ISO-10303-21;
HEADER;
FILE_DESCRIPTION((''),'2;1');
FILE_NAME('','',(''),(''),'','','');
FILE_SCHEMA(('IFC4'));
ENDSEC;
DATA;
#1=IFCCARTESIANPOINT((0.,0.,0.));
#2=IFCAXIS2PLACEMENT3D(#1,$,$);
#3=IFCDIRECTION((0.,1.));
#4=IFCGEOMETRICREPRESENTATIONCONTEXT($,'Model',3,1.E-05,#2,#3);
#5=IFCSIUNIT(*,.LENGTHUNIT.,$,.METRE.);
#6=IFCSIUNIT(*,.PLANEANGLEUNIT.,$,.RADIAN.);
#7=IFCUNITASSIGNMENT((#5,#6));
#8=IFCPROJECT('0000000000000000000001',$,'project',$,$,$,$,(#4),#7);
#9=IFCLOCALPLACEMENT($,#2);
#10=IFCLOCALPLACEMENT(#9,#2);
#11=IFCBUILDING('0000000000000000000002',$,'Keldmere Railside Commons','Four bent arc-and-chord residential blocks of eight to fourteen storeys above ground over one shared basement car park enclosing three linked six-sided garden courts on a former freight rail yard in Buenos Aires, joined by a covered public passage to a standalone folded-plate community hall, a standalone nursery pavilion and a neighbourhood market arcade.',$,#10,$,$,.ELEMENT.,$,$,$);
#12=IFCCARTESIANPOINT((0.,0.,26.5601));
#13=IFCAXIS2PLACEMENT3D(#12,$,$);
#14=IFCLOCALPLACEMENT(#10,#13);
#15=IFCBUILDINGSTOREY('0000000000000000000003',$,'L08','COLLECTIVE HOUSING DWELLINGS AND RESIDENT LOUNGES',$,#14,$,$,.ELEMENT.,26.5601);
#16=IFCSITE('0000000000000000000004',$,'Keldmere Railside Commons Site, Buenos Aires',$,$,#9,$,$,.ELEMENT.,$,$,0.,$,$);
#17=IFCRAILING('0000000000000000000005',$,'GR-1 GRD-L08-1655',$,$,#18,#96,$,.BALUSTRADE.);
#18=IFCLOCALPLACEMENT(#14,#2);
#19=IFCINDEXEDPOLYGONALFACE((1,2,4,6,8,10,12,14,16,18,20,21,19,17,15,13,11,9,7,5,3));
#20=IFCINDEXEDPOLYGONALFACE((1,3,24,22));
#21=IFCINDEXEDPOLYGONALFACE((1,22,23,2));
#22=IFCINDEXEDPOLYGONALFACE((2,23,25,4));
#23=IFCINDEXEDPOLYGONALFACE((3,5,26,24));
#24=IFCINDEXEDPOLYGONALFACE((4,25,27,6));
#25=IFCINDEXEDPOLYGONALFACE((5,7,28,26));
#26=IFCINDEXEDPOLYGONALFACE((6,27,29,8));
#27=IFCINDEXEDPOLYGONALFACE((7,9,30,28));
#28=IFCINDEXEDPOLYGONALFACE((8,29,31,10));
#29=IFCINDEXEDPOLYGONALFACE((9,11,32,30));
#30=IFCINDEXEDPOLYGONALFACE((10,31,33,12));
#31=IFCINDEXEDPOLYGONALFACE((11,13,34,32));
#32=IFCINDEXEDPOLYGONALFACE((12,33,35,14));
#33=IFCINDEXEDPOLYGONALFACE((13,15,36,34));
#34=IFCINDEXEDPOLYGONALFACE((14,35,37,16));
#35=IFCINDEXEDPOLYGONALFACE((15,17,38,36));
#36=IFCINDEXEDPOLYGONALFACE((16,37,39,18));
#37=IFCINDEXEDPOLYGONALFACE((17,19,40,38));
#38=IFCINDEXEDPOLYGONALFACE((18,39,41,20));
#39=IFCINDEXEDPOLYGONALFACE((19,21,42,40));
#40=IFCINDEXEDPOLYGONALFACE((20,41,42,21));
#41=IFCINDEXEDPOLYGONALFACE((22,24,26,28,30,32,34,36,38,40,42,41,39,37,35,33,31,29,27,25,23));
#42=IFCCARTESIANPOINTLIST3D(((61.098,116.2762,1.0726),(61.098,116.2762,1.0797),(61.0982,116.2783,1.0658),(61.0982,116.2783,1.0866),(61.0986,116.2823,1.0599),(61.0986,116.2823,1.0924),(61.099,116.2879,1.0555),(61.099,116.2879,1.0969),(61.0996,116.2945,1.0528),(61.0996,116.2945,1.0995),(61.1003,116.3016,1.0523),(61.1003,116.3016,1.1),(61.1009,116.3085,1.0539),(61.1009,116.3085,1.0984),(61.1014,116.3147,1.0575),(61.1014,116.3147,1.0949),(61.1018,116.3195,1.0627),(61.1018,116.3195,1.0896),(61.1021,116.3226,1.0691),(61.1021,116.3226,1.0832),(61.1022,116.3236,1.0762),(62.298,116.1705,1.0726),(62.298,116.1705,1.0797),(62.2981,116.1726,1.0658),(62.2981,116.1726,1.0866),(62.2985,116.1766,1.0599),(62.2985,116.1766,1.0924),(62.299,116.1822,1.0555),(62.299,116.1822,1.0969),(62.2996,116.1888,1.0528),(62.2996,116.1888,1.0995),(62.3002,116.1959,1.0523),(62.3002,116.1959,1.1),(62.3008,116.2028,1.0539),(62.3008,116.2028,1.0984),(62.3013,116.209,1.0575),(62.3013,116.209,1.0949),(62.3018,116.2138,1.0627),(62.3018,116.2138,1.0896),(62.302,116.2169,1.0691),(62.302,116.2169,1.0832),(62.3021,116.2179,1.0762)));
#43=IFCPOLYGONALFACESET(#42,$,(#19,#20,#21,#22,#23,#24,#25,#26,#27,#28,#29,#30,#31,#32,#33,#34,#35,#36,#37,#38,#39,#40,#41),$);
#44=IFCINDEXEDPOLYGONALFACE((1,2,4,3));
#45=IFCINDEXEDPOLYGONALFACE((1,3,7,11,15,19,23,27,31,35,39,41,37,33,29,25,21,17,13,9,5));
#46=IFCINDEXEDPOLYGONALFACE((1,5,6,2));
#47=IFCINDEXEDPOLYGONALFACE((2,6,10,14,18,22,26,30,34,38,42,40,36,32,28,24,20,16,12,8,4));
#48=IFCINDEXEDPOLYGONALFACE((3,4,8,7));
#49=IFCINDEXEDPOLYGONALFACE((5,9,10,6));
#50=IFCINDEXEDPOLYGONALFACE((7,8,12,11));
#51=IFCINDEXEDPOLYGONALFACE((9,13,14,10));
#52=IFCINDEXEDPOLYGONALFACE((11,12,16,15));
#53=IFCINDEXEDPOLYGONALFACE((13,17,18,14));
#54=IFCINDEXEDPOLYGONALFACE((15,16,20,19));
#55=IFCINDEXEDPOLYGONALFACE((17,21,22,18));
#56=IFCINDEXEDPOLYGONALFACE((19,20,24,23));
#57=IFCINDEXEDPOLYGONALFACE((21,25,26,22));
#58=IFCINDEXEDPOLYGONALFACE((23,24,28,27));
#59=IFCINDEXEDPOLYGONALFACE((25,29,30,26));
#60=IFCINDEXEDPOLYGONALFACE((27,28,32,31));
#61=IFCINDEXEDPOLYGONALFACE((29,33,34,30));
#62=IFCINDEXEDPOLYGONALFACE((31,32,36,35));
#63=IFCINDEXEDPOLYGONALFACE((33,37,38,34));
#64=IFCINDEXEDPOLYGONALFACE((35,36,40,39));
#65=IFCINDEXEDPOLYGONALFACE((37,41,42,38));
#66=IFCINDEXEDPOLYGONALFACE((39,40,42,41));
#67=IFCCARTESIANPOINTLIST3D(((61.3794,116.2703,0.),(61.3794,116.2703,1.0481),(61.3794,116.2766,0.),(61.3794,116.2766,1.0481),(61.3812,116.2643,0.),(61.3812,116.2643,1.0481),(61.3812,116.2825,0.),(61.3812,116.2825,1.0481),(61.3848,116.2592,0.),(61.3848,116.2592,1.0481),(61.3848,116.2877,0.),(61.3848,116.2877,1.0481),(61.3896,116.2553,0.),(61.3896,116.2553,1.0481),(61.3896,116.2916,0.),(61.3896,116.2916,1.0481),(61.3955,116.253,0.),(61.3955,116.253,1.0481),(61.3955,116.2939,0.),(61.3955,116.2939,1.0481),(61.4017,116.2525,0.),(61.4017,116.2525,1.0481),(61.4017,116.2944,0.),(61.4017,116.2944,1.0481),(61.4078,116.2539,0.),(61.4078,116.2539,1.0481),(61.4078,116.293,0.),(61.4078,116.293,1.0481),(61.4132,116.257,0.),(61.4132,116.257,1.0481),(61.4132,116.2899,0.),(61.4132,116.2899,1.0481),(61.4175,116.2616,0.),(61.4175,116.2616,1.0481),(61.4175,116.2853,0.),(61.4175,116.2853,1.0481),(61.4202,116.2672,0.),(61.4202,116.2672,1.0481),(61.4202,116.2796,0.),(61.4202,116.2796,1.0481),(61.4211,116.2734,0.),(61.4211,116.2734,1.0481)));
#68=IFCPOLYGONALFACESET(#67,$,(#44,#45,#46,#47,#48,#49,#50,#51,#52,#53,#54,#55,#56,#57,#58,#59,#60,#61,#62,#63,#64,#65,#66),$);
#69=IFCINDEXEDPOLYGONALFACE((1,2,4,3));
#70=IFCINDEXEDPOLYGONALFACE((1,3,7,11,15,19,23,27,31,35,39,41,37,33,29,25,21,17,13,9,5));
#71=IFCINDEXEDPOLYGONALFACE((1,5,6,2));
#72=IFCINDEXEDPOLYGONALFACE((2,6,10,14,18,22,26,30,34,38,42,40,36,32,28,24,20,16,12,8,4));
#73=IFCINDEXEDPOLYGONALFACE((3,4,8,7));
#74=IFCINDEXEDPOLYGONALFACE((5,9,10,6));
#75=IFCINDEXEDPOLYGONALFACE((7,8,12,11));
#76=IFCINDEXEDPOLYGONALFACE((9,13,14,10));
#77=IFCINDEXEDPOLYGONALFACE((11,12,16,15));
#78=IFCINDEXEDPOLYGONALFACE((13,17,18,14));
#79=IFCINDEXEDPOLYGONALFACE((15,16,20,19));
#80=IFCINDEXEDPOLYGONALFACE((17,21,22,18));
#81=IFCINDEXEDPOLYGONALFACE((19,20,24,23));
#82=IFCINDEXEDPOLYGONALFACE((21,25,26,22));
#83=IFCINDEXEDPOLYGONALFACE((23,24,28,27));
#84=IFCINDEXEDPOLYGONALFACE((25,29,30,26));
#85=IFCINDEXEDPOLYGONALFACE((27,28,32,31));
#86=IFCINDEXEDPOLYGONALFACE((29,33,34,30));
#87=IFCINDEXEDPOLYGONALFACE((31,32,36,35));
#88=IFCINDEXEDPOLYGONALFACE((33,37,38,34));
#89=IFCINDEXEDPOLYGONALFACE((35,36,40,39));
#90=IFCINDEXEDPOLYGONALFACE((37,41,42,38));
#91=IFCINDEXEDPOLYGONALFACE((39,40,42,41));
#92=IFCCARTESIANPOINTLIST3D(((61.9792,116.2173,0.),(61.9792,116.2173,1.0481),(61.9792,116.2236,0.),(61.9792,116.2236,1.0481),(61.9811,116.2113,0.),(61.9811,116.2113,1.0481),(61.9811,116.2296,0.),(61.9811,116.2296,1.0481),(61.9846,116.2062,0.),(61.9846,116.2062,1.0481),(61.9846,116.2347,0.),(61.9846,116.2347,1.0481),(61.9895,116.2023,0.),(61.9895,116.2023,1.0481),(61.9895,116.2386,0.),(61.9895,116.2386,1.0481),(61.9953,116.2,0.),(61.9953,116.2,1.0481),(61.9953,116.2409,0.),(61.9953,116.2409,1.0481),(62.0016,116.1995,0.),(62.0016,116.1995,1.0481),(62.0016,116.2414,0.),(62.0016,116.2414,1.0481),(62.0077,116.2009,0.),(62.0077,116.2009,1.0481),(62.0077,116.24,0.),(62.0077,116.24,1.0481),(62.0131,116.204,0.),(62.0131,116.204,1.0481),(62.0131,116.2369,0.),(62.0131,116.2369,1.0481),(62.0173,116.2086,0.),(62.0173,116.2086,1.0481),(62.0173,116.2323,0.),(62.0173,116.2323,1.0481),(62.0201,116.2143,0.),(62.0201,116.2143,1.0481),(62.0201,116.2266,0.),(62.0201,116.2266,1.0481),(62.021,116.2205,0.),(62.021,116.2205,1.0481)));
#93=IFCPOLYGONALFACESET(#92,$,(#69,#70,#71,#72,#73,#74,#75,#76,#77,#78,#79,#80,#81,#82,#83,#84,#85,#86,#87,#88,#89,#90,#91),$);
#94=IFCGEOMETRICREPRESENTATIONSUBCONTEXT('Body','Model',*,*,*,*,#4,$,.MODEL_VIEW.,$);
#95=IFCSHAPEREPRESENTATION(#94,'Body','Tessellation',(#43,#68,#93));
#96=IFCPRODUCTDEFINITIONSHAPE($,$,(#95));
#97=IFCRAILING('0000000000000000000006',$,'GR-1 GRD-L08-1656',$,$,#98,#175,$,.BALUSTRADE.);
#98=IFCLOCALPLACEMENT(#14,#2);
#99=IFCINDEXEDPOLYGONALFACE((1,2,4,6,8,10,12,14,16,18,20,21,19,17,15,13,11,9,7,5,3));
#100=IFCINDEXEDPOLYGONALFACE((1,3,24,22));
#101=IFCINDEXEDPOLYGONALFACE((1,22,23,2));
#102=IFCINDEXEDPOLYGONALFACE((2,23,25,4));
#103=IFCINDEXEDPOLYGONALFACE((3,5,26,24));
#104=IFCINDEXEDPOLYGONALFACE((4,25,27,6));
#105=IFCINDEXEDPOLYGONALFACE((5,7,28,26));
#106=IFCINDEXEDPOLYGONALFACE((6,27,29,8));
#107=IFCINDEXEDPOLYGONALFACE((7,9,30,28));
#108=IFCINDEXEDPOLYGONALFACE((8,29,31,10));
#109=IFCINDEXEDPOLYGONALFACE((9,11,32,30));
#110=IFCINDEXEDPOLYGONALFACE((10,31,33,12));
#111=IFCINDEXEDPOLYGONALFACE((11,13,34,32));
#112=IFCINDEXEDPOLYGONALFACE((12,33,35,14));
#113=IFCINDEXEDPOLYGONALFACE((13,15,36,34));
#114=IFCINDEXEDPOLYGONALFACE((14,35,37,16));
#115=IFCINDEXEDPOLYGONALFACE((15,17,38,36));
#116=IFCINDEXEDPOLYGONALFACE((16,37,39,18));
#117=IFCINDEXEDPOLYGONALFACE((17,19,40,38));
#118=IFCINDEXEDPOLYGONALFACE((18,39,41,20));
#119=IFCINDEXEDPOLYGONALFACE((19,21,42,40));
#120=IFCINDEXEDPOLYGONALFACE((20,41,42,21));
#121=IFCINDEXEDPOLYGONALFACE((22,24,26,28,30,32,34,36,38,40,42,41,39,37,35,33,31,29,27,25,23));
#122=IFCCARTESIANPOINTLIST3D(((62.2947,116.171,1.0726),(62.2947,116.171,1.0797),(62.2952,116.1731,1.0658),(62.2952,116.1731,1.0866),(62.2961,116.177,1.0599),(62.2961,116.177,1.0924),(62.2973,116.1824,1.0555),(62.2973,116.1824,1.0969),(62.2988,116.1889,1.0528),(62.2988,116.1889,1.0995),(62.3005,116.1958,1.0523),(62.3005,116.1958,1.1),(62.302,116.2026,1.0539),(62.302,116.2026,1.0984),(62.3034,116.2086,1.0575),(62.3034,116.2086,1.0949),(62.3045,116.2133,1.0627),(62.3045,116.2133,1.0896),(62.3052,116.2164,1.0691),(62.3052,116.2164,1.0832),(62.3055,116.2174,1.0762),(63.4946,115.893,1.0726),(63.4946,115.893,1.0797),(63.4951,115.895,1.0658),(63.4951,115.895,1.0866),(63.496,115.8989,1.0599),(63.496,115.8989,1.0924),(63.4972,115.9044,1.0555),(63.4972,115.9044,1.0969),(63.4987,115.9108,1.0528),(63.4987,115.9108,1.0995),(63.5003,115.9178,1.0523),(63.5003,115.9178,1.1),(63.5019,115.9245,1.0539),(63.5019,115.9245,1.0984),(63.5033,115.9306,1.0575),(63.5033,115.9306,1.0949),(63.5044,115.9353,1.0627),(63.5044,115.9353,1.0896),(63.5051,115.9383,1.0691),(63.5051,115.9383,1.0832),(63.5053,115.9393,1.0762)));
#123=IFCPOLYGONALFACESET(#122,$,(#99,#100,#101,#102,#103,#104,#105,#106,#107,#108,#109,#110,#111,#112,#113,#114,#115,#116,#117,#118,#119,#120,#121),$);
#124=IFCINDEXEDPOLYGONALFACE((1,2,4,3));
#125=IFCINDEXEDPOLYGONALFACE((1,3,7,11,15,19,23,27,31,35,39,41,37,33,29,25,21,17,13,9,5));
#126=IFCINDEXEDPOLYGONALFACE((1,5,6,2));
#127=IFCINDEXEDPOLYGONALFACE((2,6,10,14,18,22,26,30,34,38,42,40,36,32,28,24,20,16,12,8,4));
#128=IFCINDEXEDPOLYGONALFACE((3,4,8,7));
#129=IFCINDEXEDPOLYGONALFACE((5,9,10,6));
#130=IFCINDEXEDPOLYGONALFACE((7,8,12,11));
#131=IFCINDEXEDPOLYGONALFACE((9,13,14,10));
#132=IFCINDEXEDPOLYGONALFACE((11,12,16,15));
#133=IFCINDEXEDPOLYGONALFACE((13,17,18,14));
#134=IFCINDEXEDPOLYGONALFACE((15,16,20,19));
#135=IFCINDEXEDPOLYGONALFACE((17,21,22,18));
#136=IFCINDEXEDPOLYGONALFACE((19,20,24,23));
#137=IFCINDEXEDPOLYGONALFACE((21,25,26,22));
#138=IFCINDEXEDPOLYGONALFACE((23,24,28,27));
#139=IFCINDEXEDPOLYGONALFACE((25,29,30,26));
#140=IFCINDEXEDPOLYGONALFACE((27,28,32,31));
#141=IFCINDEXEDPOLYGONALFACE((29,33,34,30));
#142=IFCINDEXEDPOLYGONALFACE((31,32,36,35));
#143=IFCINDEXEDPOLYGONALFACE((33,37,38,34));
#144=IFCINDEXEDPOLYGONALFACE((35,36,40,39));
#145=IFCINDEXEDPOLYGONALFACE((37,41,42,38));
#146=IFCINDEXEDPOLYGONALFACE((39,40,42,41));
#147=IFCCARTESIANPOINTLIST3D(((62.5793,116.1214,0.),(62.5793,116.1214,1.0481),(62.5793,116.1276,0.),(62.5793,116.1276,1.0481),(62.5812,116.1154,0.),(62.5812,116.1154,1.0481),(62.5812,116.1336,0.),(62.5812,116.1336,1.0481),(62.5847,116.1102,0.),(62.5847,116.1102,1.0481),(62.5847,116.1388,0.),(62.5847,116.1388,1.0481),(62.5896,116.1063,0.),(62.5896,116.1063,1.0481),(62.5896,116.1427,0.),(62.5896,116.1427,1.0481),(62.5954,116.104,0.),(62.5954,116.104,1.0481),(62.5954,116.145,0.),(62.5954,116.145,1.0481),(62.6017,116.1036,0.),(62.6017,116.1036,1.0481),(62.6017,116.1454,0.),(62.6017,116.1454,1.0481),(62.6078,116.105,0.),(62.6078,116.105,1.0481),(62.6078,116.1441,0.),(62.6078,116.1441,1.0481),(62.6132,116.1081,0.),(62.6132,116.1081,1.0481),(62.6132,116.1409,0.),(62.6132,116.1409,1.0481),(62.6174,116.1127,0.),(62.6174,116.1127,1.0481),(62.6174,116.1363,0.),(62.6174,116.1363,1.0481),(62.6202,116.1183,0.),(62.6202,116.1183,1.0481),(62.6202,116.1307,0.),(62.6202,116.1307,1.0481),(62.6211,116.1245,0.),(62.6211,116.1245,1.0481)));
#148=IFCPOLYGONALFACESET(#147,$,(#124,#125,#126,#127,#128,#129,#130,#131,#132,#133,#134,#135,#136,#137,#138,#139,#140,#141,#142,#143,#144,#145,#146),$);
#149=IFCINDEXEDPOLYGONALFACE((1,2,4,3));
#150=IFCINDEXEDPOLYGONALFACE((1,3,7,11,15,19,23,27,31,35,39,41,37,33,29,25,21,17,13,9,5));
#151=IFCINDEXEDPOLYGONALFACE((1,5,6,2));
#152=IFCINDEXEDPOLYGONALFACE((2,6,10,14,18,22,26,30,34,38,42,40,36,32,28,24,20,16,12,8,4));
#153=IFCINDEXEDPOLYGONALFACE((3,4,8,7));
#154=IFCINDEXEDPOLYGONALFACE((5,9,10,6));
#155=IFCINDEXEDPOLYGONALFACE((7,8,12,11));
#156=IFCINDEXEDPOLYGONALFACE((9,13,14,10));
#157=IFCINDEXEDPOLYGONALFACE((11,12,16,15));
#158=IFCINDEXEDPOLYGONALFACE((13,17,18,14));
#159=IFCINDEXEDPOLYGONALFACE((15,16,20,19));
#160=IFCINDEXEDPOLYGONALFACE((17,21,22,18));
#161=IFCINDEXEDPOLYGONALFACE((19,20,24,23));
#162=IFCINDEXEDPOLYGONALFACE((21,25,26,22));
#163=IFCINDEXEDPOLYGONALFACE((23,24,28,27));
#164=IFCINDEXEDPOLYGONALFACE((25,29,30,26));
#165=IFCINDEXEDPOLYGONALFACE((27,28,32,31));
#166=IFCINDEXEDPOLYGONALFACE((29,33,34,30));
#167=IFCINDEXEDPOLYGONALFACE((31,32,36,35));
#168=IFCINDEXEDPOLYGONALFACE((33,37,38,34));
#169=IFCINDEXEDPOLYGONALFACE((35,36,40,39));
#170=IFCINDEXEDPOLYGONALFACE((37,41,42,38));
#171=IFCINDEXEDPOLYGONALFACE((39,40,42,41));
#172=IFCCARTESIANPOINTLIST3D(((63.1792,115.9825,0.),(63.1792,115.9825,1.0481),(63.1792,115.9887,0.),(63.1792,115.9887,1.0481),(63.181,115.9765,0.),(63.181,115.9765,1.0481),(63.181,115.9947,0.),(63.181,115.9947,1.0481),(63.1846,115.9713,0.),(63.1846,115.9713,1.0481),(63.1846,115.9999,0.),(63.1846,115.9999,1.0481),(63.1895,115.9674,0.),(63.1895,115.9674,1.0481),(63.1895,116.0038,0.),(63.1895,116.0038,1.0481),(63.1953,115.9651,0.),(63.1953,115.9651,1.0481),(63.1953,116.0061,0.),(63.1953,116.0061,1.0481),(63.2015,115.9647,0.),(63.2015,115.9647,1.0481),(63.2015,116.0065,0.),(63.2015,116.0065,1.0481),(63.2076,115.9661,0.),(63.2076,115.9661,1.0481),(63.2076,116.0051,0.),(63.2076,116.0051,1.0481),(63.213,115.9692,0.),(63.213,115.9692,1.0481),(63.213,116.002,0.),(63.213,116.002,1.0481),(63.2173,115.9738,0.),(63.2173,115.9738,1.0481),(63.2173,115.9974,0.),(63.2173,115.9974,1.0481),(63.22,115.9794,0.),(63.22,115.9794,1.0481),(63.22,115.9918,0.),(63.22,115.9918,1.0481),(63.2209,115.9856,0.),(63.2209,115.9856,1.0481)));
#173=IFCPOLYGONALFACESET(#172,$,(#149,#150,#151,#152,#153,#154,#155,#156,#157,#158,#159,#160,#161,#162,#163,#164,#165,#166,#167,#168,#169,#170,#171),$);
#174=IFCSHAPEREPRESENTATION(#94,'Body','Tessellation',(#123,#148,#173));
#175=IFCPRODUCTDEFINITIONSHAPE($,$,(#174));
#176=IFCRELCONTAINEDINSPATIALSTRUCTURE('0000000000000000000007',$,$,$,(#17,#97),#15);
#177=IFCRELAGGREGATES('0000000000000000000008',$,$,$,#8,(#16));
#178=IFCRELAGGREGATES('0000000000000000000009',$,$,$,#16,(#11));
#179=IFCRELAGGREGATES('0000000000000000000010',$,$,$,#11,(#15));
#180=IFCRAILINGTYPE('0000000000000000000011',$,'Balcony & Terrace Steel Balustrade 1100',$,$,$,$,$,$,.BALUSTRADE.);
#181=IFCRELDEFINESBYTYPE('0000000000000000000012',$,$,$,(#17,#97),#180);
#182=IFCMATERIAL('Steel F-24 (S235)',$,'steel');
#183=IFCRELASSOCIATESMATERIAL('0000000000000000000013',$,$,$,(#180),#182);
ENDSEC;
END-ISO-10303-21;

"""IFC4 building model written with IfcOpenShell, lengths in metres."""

from ifc_helpers import new_model, si_unit, direction, frame, origin, origin_2d, place, context, subcontext, project, spatial, circle, extrude, material, type_object, element, save


model = new_model("IFC4")

# Units and contexts
model_context = context("Model", 3, precision=1e-05, world=origin(), true_north=direction((0.0, 1.0)))
body_context = subcontext(model_context, "Body", "Model", "MODEL_VIEW")
ifc_project = project(units=[si_unit("LENGTHUNIT", "METRE"), si_unit("PLANEANGLEUNIT", "RADIAN")], contexts=[model_context])

# Site, building, storey
site_placement = place(None, origin())
site = spatial("IfcSite", under=ifc_project, at=site_placement, Name="Keldmere Railside Commons Site, Buenos Aires", CompositionType="ELEMENT", RefElevation=0.0)
building_placement = place(site_placement, origin())
building = spatial("IfcBuilding", under=site, at=building_placement, Name="Keldmere Railside Commons", Description="Four bent arc-and-chord residential blocks of eight to fourteen storeys above ground over one shared basement car park enclosing three linked six-sided garden courts on a former freight rail yard in Buenos Aires, joined by a covered public passage to a standalone folded-plate community hall, a standalone nursery pavilion and a neighbourhood market arcade.", CompositionType="ELEMENT")
storey_placement = place(building_placement, frame((0.0, 0.0, 26.5601)))
storey = spatial("IfcBuildingStorey", under=building, at=storey_placement, Name="L08", Description="COLLECTIVE HOUSING DWELLINGS AND RESIDENT LOUNGES", CompositionType="ELEMENT", Elevation=26.5601)

# Railings
ifc_material_1 = material(Name="Steel F-24 (S235)", Category="steel")
railing_type = type_object("IfcRailingType", Name="Balcony & Terrace Steel Balustrade 1100", PredefinedType="BALUSTRADE", material=ifc_material_1)
railing_1_placement = place(storey_placement, frame((61.1001, 116.2998, 0.0)))
element("IfcRailing", 1, at=railing_1_placement, inside=storey, type_object=railing_type, Name="GR-1 GRD-L08-1655", PredefinedType="BALUSTRADE", context=body_context, shape_type="SweptSolid", body=[
    extrude(circle(Radius=0.0239, at=origin_2d()), frame((0.0, 0.0, 1.0762), z_axis=(0.996142, -0.087758, 0.0), x_axis=(0.087758, 0.996142, 0.0)), (0.0, 0.0, 1.0), 1.2046),
    extrude(circle(Radius=0.021, at=origin_2d()), frame((0.3, -0.0264, 0.0)), (0.0, 0.0, 1.0), 1.0481),
    extrude(circle(Radius=0.021, at=origin_2d()), frame((0.8999, -0.0793, 0.0)), (0.0, 0.0, 1.0), 1.0481),
])
railing_2_placement = place(storey_placement, frame((62.3, 116.1941, 0.0)))
element("IfcRailing", 2, at=railing_2_placement, inside=storey, type_object=railing_type, Name="GR-1 GRD-L08-1656", PredefinedType="BALUSTRADE", context=body_context, shape_type="SweptSolid", body=[
    extrude(circle(Radius=0.0239, at=origin_2d()), frame((0.0, 0.0, 1.0762), z_axis=(0.974184, -0.225757, 0.0), x_axis=(0.225757, 0.974184, 0.0)), (0.0, 0.0, 1.0), 1.2317),
    extrude(circle(Radius=0.021, at=origin_2d()), frame((0.3, -0.0696, 0.0)), (0.0, 0.0, 1.0), 1.0481),
    extrude(circle(Radius=0.021, at=origin_2d()), frame((0.8999, -0.2085, 0.0)), (0.0, 0.0, 1.0), 1.0481),
])

save(model, "model.ifc")
